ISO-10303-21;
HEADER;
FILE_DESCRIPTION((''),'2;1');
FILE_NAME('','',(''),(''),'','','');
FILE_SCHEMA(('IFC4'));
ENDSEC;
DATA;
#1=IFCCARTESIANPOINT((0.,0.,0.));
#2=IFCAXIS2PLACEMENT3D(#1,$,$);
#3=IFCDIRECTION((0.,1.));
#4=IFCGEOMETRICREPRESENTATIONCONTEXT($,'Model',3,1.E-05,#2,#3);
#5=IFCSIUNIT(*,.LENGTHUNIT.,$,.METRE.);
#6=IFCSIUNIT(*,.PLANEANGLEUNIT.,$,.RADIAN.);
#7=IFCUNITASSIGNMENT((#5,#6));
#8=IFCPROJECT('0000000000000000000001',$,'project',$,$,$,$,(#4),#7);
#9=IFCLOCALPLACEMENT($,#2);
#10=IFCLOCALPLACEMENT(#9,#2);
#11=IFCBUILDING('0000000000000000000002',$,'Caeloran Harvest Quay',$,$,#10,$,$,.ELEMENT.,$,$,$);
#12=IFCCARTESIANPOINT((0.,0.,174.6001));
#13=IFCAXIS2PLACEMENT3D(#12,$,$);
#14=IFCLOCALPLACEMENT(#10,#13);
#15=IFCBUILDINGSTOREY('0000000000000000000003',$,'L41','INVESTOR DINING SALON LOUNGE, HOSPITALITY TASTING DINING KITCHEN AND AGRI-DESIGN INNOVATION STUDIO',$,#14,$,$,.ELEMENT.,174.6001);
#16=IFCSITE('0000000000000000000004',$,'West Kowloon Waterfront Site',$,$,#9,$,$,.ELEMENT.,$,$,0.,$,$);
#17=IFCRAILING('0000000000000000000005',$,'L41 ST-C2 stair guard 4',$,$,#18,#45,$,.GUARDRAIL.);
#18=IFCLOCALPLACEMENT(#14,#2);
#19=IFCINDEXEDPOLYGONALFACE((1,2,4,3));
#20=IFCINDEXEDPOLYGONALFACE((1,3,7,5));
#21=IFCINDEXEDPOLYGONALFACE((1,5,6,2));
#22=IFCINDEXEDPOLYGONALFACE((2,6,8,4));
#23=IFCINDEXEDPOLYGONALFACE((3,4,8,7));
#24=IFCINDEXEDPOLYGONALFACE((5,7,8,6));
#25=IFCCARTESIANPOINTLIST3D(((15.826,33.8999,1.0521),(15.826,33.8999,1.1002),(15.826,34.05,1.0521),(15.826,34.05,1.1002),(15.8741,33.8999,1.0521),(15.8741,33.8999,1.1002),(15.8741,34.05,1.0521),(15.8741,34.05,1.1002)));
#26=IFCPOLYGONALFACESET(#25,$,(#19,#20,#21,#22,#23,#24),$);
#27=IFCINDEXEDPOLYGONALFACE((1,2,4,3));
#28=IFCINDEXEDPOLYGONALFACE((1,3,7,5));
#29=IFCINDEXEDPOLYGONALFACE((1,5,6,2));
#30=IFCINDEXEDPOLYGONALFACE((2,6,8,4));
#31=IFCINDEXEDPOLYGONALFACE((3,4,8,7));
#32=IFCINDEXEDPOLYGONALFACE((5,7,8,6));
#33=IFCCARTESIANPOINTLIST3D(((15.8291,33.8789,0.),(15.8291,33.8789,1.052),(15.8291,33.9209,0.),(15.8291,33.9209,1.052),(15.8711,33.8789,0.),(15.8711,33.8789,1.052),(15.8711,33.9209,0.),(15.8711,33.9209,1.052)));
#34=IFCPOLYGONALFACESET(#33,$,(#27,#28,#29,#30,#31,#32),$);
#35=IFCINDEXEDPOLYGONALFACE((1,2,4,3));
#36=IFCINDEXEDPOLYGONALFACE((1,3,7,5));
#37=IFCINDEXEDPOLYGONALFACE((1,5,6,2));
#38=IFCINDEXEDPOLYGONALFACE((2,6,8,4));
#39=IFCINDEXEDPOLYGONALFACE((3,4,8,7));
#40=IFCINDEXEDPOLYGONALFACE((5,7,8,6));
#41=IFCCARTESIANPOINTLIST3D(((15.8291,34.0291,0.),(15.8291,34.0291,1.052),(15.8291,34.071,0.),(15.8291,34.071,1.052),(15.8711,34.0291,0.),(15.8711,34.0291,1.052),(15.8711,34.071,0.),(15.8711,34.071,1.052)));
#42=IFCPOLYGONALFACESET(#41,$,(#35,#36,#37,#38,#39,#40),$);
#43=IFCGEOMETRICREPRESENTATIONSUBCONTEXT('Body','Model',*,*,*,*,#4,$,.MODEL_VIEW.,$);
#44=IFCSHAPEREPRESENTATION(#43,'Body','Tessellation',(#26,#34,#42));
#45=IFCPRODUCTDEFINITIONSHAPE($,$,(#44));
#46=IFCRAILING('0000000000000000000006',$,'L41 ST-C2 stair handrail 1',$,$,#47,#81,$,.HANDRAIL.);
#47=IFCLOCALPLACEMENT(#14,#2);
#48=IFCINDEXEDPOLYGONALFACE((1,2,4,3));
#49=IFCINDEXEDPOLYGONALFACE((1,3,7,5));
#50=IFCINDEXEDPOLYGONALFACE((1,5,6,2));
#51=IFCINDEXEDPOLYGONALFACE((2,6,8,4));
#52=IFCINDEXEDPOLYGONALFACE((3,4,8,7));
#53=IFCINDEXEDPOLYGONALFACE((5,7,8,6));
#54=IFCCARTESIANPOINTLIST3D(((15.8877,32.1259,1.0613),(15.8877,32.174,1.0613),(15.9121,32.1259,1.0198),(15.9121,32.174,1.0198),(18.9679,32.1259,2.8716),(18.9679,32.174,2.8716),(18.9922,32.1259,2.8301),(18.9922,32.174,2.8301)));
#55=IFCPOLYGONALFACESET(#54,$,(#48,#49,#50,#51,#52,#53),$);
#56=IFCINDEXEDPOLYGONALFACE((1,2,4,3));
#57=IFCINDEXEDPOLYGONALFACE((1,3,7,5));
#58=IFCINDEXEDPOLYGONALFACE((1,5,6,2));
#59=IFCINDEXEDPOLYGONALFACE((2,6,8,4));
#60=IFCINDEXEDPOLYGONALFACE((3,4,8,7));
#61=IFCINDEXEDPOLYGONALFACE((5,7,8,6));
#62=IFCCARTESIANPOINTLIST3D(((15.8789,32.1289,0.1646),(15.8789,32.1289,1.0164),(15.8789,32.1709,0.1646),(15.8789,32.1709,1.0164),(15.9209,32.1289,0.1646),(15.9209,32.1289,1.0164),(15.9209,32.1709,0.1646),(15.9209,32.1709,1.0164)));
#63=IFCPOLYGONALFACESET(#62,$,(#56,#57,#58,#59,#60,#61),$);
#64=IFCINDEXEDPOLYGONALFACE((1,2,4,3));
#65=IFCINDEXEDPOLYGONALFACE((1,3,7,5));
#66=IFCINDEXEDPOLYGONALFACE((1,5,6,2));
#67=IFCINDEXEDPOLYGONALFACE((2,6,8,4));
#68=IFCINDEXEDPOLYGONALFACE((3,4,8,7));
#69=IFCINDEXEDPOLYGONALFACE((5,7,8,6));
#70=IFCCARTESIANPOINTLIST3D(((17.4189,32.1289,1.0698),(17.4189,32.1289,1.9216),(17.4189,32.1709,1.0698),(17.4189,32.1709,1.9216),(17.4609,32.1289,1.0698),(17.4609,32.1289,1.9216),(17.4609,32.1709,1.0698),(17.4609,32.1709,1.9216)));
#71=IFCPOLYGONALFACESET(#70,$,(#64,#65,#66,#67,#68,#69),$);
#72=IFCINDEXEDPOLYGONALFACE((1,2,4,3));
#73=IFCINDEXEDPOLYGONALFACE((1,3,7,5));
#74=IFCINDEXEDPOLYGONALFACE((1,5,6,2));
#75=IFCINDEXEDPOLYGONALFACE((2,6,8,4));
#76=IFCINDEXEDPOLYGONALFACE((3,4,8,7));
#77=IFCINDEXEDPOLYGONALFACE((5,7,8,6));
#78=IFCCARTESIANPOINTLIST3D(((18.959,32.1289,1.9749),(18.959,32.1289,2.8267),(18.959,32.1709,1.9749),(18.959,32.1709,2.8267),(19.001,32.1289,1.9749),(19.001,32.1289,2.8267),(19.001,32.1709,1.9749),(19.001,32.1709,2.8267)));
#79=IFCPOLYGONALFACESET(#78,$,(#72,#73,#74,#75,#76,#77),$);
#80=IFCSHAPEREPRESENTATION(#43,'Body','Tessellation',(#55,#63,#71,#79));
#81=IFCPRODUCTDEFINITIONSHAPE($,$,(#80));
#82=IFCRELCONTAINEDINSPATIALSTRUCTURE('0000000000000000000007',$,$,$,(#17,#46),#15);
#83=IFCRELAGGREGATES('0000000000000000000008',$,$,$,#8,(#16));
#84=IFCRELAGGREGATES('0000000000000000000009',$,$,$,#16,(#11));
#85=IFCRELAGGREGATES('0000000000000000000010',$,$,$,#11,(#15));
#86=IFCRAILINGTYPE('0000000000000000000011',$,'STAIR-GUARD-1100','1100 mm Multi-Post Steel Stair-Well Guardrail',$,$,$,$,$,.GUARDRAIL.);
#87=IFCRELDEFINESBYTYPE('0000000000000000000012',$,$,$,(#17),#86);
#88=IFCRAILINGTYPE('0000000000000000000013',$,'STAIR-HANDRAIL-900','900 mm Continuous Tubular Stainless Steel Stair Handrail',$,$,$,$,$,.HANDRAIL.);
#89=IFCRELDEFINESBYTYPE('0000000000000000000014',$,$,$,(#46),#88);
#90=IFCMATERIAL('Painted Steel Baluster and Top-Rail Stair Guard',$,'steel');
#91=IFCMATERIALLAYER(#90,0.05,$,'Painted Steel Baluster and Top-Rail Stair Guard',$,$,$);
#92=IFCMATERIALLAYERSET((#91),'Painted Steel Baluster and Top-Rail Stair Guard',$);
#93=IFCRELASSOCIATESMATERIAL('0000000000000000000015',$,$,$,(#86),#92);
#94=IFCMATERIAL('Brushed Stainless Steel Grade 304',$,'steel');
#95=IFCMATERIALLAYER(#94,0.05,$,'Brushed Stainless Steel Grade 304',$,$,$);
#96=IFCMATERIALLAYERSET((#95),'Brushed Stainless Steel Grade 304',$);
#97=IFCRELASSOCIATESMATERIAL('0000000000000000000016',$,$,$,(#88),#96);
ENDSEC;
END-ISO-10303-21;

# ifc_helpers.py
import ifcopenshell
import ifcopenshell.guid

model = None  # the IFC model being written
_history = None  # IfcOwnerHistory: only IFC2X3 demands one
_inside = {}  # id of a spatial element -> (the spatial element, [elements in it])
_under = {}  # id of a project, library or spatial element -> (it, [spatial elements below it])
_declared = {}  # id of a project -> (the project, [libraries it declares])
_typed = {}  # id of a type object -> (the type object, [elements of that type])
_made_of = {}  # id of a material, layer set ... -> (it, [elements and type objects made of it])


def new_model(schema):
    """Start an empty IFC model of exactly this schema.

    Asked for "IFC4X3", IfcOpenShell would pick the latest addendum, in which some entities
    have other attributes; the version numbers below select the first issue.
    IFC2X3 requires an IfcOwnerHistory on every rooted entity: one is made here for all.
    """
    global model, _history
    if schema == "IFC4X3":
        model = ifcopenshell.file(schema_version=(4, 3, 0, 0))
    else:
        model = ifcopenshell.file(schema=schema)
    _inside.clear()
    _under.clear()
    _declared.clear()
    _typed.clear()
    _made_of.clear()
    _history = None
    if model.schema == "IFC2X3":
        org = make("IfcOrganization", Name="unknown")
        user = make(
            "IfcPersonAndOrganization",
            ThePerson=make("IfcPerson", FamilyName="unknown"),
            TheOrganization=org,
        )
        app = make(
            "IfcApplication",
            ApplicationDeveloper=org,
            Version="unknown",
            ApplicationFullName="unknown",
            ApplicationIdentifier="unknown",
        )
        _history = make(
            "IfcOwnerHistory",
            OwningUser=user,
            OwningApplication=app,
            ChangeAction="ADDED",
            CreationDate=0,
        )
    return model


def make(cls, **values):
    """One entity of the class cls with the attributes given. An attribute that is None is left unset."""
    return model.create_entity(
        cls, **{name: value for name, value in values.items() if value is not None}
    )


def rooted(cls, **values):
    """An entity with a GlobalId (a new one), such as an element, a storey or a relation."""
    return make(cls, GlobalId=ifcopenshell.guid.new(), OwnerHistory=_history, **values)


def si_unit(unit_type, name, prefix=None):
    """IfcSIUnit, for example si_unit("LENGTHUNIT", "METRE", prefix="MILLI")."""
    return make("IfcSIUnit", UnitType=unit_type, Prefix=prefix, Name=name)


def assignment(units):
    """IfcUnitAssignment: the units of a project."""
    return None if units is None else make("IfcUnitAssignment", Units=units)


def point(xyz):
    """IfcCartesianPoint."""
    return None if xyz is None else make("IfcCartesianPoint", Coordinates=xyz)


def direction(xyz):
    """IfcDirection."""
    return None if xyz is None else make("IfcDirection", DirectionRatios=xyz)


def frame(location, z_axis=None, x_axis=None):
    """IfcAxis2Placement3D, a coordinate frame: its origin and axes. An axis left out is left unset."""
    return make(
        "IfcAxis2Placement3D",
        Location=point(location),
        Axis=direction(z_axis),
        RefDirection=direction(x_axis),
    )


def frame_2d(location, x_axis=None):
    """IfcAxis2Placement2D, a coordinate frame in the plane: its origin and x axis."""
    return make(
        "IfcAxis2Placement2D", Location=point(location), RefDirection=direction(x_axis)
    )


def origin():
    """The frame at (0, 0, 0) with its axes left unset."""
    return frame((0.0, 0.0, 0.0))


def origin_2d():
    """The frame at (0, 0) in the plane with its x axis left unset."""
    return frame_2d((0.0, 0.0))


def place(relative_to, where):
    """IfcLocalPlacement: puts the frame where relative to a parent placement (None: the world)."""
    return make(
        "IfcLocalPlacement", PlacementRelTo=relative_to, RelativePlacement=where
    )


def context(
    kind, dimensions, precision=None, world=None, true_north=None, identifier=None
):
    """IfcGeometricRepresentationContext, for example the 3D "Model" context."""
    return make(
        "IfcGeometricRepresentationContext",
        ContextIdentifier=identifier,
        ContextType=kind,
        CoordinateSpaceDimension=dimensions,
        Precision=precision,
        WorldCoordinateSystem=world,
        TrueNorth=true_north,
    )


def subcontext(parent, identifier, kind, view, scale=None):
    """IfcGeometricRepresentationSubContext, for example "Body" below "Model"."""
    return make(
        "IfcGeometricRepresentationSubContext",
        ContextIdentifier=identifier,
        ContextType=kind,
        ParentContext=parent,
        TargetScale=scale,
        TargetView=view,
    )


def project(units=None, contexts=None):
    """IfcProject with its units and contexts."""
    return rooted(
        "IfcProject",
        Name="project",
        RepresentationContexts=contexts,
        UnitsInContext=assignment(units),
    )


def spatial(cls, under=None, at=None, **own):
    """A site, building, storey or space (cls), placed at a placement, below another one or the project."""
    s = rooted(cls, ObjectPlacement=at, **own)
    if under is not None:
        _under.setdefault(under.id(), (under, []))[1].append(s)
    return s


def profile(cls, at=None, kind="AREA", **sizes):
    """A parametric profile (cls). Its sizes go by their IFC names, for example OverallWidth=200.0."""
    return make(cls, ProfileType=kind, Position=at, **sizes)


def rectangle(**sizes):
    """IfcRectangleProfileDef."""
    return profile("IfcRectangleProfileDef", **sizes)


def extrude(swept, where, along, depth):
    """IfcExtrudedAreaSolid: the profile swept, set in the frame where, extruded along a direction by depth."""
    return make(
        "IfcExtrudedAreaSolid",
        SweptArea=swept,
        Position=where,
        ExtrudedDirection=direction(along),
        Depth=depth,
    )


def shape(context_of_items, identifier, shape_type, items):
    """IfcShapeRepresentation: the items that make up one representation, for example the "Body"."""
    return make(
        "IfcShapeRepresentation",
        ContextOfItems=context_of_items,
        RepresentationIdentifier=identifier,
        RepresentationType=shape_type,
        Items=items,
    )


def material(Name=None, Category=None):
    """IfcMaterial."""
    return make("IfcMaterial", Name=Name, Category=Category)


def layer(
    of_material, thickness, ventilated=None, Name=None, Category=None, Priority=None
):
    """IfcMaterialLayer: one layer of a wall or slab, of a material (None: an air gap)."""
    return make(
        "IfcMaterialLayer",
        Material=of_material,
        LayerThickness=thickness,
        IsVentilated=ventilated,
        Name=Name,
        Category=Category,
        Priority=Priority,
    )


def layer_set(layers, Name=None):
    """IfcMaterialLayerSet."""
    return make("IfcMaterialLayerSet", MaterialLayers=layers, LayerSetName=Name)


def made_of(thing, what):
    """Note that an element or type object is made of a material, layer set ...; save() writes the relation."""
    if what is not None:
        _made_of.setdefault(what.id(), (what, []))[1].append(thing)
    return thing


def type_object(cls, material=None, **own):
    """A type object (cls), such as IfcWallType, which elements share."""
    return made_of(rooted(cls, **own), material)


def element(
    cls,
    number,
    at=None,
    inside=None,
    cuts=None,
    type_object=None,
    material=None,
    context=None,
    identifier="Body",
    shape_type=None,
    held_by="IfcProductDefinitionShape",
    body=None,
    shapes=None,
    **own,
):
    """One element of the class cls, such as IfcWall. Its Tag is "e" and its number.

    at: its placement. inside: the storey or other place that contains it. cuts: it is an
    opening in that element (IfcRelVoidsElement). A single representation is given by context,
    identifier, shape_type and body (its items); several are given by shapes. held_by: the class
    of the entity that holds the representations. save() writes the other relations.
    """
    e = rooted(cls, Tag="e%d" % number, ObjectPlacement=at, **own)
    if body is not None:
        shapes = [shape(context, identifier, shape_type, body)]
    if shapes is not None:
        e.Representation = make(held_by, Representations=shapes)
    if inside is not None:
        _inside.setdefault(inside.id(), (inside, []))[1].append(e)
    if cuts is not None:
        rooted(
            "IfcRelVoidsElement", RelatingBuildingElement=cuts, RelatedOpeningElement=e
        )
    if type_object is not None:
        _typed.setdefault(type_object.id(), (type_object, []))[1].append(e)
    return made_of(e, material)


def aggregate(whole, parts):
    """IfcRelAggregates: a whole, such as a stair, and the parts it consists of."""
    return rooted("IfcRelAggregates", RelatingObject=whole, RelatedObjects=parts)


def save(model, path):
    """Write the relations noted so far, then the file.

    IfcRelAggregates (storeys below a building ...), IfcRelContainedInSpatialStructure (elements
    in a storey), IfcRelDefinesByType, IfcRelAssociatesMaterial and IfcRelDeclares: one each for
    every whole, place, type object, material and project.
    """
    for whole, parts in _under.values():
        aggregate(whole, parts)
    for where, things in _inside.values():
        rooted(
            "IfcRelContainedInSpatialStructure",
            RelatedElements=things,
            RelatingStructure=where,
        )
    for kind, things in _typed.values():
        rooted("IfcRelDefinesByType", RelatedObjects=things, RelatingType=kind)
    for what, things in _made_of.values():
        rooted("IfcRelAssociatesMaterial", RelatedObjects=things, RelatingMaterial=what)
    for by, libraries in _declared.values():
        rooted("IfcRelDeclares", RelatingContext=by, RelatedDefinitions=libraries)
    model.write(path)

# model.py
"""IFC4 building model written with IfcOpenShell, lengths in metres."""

from ifc_helpers import new_model, si_unit, direction, frame, origin, origin_2d, place, context, subcontext, project, spatial, rectangle, extrude, material, layer, layer_set, type_object, element, save


model = new_model("IFC4")

# Units and contexts
model_context = context("Model", 3, precision=1e-05, world=origin(), true_north=direction((0.0, 1.0)))
body_context = subcontext(model_context, "Body", "Model", "MODEL_VIEW")
ifc_project = project(units=[si_unit("LENGTHUNIT", "METRE"), si_unit("PLANEANGLEUNIT", "RADIAN")], contexts=[model_context])

# Site, building, storey
site_placement = place(None, origin())
site = spatial("IfcSite", under=ifc_project, at=site_placement, Name="West Kowloon Waterfront Site", CompositionType="ELEMENT", RefElevation=0.0)
building_placement = place(site_placement, origin())
building = spatial("IfcBuilding", under=site, at=building_placement, Name="Caeloran Harvest Quay", CompositionType="ELEMENT")
storey_placement = place(building_placement, frame((0.0, 0.0, 174.6001)))
storey = spatial("IfcBuildingStorey", under=building, at=storey_placement, Name="L41", Description="INVESTOR DINING SALON LOUNGE, HOSPITALITY TASTING DINING KITCHEN AND AGRI-DESIGN INNOVATION STUDIO", CompositionType="ELEMENT", Elevation=174.6001)

# Railings
ifc_material_1 = material(Name="Painted Steel Baluster and Top-Rail Stair Guard", Category="steel")
ifc_layer_1 = layer(ifc_material_1, 0.05, Name="Painted Steel Baluster and Top-Rail Stair Guard")
ifc_layer_set_1 = layer_set([ifc_layer_1], Name="Painted Steel Baluster and Top-Rail Stair Guard")
railing_type_1 = type_object("IfcRailingType", Name="STAIR-GUARD-1100", Description="1100 mm Multi-Post Steel Stair-Well Guardrail", PredefinedType="GUARDRAIL", material=ifc_layer_set_1)
railing_1_placement = place(storey_placement, frame((15.8501, 33.8999, 0.0)))
element("IfcRailing", 1, at=railing_1_placement, inside=storey, type_object=railing_type_1, Name="L41 ST-C2 stair guard 4", PredefinedType="GUARDRAIL", context=body_context, shape_type="SweptSolid", body=[
    extrude(rectangle(XDim=0.0481, YDim=0.0481, at=origin_2d()), frame((0.0, 0.0, 1.0762), z_axis=(0.0, 1.0, 0.0), x_axis=(-1.0, 0.0, 0.0)), (0.0, 0.0, 1.0), 0.1501),
    extrude(rectangle(XDim=0.042, YDim=0.042, at=origin_2d()), origin(), (0.0, 0.0, 1.0), 1.052),
    extrude(rectangle(XDim=0.042, YDim=0.042, at=origin_2d()), frame((0.0, 0.1501, 0.0)), (0.0, 0.0, 1.0), 1.052),
])
ifc_material_2 = material(Name="Brushed Stainless Steel Grade 304", Category="steel")
ifc_layer_2 = layer(ifc_material_2, 0.05, Name="Brushed Stainless Steel Grade 304")
ifc_layer_set_2 = layer_set([ifc_layer_2], Name="Brushed Stainless Steel Grade 304")
railing_type_2 = type_object("IfcRailingType", Name="STAIR-HANDRAIL-900", Description="900 mm Continuous Tubular Stainless Steel Stair Handrail", PredefinedType="HANDRAIL", material=ifc_layer_set_2)
railing_2_placement = place(storey_placement, frame((15.8999, 32.1499, 0.1646)))
element("IfcRailing", 2, at=railing_2_placement, inside=storey, type_object=railing_type_2, Name="L41 ST-C2 stair handrail 1", PredefinedType="HANDRAIL", context=body_context, shape_type="SweptSolid", body=[
    extrude(rectangle(XDim=0.0481, YDim=0.0481, at=origin_2d()), frame((0.0, 0.0, 0.876), z_axis=(0.862119, 0.0, 0.506707), x_axis=(0.0, 1.0, 0.0)), (0.0, 0.0, 1.0), 3.5728),
    extrude(rectangle(XDim=0.042, YDim=0.042, at=origin_2d()), origin(), (0.0, 0.0, 1.0), 0.8518),
    extrude(rectangle(XDim=0.042, YDim=0.042, at=origin_2d()), frame((1.54, 0.0, 0.9053)), (0.0, 0.0, 1.0), 0.8518),
    extrude(rectangle(XDim=0.042, YDim=0.042, at=origin_2d()), frame((3.0801, 0.0, 1.8103)), (0.0, 0.0, 1.0), 0.8518),
])

save(model, "model.ifc")
